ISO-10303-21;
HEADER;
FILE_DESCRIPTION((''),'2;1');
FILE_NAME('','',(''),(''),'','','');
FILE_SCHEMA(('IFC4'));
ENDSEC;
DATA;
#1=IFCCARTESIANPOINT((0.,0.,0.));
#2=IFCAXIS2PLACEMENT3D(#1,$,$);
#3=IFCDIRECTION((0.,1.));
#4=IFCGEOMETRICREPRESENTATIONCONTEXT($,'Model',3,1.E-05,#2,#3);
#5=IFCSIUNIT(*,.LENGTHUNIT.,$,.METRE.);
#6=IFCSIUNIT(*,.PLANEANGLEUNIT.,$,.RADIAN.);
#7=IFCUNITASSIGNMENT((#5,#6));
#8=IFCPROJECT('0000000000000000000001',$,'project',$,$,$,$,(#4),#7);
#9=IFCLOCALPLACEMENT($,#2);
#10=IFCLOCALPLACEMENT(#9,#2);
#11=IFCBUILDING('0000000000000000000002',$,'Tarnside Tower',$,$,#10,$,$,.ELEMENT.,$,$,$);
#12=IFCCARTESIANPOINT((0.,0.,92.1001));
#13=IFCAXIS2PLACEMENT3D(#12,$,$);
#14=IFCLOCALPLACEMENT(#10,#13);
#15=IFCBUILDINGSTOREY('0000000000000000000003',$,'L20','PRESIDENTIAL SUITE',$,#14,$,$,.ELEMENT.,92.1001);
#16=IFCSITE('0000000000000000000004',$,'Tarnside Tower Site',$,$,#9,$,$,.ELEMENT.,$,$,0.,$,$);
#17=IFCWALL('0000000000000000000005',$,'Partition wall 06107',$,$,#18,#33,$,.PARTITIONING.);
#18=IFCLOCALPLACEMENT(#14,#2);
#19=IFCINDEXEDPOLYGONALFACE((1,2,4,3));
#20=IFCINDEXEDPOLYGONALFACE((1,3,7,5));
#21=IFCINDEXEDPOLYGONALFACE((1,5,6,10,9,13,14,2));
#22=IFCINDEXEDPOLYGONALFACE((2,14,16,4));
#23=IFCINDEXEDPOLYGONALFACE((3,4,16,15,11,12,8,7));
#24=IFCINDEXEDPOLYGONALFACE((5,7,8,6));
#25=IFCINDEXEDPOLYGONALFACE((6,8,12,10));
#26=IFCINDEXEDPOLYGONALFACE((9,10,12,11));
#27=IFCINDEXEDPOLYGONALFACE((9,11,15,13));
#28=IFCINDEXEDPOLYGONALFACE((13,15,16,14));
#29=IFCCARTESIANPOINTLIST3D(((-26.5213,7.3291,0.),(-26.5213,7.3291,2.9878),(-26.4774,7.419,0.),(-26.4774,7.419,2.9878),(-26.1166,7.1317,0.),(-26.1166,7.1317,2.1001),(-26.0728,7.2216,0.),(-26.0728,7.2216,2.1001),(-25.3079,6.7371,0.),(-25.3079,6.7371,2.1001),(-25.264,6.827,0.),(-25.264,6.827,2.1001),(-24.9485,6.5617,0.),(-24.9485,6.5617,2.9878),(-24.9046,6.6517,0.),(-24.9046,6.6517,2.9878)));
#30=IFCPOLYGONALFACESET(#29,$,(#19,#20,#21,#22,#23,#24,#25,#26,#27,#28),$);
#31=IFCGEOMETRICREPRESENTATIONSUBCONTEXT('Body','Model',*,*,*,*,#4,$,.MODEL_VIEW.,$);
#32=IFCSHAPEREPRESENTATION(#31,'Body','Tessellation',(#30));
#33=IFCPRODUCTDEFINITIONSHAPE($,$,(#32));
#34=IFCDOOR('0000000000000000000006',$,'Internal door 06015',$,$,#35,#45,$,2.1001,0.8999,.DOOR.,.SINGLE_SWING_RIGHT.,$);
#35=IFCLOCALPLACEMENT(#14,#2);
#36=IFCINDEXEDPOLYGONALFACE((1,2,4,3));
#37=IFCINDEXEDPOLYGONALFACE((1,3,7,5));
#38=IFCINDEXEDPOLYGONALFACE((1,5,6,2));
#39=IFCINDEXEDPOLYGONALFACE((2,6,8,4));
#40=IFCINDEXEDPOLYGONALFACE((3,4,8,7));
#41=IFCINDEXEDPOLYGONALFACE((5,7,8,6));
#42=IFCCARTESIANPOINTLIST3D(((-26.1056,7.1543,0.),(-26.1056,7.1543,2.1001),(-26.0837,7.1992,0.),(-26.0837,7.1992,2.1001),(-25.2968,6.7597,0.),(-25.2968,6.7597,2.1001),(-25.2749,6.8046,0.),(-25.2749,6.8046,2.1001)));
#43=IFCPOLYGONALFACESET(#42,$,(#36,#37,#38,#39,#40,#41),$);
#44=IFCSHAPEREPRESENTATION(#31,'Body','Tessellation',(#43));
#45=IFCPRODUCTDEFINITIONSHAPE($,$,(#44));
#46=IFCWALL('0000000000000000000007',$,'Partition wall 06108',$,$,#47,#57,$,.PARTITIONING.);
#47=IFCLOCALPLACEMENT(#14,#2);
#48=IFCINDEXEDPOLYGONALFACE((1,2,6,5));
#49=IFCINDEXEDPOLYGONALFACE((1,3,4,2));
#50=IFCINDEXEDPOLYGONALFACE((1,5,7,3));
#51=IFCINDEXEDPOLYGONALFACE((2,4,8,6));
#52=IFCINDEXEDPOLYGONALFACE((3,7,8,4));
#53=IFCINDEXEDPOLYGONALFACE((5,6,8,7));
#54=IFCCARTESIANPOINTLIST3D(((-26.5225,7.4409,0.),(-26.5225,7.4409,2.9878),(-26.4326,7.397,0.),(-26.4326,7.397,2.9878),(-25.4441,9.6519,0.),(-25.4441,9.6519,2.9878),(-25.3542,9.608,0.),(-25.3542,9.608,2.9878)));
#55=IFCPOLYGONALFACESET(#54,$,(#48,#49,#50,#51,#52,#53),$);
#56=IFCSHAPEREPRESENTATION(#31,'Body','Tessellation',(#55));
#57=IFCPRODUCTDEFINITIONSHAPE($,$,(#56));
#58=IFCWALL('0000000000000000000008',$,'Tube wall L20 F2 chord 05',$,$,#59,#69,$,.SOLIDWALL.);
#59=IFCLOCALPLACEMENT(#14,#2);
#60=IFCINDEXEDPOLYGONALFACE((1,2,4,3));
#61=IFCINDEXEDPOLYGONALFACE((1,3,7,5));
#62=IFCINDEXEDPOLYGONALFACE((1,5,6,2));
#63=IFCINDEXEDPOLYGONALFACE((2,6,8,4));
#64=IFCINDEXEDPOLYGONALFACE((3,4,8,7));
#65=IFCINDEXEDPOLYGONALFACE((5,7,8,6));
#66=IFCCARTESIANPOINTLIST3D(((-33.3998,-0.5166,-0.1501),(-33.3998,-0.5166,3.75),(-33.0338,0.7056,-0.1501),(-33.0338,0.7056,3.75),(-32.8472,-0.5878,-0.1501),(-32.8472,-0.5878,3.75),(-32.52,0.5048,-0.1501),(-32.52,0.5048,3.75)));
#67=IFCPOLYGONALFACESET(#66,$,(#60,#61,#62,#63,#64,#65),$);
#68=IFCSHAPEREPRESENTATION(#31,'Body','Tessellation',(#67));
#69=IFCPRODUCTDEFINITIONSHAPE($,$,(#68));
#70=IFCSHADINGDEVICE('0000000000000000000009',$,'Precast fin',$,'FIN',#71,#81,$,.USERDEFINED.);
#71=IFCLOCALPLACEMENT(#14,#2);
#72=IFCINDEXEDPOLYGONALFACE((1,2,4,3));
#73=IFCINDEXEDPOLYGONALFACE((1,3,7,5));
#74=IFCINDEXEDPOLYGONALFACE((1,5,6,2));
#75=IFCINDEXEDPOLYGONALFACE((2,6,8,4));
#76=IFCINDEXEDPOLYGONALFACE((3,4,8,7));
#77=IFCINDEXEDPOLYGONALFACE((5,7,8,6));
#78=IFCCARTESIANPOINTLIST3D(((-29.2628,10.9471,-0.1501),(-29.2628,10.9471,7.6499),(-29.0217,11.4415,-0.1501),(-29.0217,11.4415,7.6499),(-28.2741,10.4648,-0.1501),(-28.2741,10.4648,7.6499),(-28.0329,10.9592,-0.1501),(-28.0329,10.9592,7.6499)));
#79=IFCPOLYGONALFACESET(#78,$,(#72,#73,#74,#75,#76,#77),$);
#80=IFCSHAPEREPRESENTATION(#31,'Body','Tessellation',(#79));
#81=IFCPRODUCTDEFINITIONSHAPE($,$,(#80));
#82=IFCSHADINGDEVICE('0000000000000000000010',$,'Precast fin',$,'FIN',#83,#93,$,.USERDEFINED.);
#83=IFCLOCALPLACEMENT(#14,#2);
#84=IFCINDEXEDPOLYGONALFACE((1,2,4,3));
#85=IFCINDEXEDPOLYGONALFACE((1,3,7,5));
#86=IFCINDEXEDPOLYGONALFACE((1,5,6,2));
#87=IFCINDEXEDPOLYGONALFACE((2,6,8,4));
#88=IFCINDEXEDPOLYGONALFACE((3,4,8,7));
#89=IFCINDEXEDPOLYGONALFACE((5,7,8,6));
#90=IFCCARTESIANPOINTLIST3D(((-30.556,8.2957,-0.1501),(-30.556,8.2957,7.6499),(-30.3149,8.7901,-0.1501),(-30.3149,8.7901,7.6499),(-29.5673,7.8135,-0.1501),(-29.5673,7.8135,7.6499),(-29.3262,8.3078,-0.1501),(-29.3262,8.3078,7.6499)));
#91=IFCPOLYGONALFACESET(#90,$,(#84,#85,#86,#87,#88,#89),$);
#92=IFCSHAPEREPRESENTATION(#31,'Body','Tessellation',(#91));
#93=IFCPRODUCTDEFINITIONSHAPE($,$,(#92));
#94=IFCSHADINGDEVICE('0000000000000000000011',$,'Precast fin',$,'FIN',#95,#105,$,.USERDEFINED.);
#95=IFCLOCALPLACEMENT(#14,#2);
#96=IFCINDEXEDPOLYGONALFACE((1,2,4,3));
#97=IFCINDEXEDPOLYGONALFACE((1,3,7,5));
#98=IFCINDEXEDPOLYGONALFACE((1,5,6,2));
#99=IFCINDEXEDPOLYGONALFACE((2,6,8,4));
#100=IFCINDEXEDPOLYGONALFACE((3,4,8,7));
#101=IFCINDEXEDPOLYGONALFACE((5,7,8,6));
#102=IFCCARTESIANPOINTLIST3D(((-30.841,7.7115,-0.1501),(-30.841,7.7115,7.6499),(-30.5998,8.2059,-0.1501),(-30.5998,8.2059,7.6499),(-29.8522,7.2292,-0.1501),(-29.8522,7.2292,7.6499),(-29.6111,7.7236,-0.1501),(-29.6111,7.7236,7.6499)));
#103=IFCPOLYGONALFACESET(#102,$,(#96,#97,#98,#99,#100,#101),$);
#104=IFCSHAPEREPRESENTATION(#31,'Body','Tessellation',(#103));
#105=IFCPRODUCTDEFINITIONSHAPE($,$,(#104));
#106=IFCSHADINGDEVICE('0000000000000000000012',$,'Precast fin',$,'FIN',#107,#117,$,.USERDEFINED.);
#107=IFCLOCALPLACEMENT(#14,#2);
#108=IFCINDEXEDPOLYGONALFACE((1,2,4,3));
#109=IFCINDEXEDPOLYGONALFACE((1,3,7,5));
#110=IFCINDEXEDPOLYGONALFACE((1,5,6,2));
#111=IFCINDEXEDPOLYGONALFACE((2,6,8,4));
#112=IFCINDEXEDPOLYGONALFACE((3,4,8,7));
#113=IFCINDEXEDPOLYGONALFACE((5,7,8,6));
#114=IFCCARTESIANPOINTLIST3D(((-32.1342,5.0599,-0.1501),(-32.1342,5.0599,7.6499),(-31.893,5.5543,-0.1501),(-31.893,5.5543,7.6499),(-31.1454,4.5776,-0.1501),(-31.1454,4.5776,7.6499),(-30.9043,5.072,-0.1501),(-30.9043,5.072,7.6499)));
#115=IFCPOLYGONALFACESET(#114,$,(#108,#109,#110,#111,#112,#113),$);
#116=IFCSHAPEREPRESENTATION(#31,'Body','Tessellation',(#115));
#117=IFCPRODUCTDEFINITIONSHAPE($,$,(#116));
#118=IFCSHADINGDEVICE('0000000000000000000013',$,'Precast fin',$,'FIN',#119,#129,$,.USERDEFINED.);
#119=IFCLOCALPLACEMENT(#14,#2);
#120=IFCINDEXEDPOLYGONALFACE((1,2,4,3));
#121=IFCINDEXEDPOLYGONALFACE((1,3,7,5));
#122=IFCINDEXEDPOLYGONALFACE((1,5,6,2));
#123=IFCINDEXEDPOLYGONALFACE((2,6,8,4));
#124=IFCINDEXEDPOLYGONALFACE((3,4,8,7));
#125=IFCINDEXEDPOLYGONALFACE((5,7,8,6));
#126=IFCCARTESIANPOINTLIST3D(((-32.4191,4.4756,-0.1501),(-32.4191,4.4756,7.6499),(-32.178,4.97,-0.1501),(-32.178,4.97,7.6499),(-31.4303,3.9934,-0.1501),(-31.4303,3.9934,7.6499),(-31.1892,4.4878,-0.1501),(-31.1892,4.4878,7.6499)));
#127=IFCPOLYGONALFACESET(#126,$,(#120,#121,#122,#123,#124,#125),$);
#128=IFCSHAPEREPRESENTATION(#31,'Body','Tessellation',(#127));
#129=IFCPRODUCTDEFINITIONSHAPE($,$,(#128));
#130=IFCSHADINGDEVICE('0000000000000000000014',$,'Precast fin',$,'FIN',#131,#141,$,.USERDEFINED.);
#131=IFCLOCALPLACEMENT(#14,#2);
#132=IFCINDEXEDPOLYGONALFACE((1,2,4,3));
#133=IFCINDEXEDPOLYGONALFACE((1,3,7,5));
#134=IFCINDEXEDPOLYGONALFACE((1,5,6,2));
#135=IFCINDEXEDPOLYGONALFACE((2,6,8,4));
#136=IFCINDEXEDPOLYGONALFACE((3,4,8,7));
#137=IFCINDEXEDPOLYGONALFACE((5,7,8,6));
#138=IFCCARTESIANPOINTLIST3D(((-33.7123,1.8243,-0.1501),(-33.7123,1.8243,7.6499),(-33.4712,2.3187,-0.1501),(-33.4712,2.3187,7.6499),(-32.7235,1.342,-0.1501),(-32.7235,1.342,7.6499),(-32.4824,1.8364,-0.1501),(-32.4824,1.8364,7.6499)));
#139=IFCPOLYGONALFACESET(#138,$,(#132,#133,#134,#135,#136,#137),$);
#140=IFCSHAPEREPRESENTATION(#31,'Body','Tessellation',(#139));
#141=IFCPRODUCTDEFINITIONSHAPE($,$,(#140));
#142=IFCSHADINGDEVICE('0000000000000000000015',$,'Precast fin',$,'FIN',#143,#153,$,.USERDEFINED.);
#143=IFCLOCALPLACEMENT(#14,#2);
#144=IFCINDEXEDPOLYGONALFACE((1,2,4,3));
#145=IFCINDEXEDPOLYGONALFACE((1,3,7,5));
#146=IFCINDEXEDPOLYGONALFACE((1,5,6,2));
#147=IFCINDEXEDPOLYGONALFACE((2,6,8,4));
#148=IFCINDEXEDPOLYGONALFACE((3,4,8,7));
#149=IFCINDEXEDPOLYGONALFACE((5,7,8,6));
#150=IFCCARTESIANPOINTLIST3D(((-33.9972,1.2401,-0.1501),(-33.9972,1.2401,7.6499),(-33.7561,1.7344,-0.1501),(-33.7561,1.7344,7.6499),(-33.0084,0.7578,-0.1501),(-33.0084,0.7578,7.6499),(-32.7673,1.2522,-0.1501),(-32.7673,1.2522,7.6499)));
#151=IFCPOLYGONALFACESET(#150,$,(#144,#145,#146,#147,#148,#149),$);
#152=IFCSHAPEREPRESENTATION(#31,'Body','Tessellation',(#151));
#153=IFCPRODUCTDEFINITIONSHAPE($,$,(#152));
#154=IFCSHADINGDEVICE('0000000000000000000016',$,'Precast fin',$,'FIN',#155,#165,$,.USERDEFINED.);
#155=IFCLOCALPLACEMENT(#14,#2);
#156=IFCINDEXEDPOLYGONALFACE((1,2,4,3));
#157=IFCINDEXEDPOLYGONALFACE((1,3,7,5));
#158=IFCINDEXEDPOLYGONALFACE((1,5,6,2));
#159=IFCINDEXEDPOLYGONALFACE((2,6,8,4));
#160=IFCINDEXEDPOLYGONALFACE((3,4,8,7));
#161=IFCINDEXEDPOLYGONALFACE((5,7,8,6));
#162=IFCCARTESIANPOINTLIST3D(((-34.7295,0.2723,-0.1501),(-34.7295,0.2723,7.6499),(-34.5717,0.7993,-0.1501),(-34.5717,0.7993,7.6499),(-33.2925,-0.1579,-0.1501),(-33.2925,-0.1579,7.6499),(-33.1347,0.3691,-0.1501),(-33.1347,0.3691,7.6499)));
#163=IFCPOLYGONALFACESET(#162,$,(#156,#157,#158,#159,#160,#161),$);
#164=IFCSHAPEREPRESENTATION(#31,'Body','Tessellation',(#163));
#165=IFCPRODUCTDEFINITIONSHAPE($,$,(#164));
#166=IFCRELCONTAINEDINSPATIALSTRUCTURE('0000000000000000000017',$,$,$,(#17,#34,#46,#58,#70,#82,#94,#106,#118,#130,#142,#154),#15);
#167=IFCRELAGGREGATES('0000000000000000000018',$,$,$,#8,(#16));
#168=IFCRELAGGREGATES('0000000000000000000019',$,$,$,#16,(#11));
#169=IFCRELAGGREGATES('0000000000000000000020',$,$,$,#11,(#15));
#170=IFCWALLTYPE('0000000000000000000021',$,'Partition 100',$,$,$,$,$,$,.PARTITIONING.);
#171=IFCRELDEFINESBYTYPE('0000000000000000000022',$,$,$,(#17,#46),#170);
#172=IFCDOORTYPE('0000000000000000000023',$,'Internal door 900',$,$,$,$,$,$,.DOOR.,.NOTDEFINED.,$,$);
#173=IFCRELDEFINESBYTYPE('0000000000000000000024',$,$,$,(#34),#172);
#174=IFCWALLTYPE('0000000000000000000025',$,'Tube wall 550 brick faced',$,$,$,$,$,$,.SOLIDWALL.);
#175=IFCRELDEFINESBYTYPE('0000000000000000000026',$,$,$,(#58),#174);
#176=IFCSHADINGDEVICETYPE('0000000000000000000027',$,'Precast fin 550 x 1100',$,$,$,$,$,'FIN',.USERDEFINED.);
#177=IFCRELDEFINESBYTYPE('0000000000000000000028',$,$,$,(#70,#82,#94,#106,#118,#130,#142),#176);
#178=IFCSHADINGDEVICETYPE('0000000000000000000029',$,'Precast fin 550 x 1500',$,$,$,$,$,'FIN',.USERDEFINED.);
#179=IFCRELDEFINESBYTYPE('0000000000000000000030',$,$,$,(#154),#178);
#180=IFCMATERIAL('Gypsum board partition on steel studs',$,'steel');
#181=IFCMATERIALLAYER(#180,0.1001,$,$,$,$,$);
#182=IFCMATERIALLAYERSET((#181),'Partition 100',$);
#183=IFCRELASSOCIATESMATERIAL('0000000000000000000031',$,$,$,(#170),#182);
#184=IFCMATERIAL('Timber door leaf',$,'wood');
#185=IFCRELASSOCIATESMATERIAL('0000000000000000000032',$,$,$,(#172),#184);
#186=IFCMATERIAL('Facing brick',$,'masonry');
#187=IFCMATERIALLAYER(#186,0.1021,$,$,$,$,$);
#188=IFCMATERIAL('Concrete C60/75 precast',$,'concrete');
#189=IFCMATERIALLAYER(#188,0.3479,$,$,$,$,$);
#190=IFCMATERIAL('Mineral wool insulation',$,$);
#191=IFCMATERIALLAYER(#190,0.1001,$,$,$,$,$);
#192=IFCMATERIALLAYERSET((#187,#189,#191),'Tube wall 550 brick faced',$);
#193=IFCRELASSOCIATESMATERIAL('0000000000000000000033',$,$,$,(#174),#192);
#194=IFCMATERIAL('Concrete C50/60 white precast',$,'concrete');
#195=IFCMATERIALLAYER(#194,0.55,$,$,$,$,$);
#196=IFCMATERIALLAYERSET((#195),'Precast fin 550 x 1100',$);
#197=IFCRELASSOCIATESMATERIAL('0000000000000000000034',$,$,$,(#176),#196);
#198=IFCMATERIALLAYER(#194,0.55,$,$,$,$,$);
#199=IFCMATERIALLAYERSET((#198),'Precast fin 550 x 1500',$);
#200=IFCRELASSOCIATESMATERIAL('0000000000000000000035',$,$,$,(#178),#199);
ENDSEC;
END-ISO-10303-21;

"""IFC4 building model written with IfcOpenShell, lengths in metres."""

from ifc_helpers import new_model, si_unit, direction, frame, frame_2d, origin, place, context, subcontext, project, spatial, polyline, rectangle, outline, extrude, material, layer, layer_set, type_object, element, fill, save


model = new_model("IFC4")

# Units and contexts
model_context = context("Model", 3, precision=1e-05, world=origin(), true_north=direction((0.0, 1.0)))
body_context = subcontext(model_context, "Body", "Model", "MODEL_VIEW")
ifc_project = project(units=[si_unit("LENGTHUNIT", "METRE"), si_unit("PLANEANGLEUNIT", "RADIAN")], contexts=[model_context])

# Site, building, storey
site_placement = place(None, origin())
site = spatial("IfcSite", under=ifc_project, at=site_placement, Name="Tarnside Tower Site", CompositionType="ELEMENT", RefElevation=0.0)
building_placement = place(site_placement, origin())
building = spatial("IfcBuilding", under=site, at=building_placement, Name="Tarnside Tower", CompositionType="ELEMENT")
storey_placement = place(building_placement, frame((0.0, 0.0, 92.1001)))
storey = spatial("IfcBuildingStorey", under=building, at=storey_placement, Name="L20", Description="PRESIDENTIAL SUITE", CompositionType="ELEMENT", Elevation=92.1001)

# Shared definitions
ifc_material_1 = material(Name="Gypsum board partition on steel studs", Category="steel")

# Shared definitions
ifc_material_2 = material(Name="Timber door leaf", Category="wood")

# Shared definitions
ifc_layer_1 = layer(ifc_material_1, 0.1001)
ifc_layer_set_1 = layer_set([ifc_layer_1], Name="Partition 100")
wall_type_1 = type_object("IfcWallType", Name="Partition 100", PredefinedType="PARTITIONING", material=ifc_layer_set_1)

# Wall, opening, door
wall_1_placement = place(storey_placement, frame((-24.9265, 6.6067, 0.0), z_axis=(0.0, 0.0, 1.0), x_axis=(-0.898738, 0.438487, 0.0)))
wall_1 = element("IfcWall", 1, at=wall_1_placement, inside=storey, type_object=wall_type_1, Name="Partition wall 06107", PredefinedType="PARTITIONING", context=body_context, shape_type="SweptSolid", body=[
    extrude(rectangle(XDim=1.75, YDim=0.1001, at=frame_2d((0.875, 0.0))), origin(), (0.0, 0.0, 1.0), 2.9878),
])
opening_1_placement = place(wall_1_placement, frame((0.3999, 0.0, 0.0)))
opening_1 = element("IfcOpeningElement", 2, at=opening_1_placement, cuts=wall_1, PredefinedType="OPENING", context=body_context, shape_type="SweptSolid", body=[
    extrude(rectangle(XDim=0.8999, YDim=2.1001, at=frame_2d((0.45, 1.05))), frame((0.0, 0.0601, 0.0), z_axis=(0.0, -1.0, 0.0), x_axis=(1.0, 0.0, 0.0)), (0.0, 0.0, 1.0), 0.1201),
])
door_type_1 = type_object("IfcDoorType", Name="Internal door 900", OperationType="NOTDEFINED", PredefinedType="DOOR", material=ifc_material_2)
door_1_placement = place(opening_1_placement, origin())
door_1 = element("IfcDoor", 3, at=door_1_placement, inside=storey, type_object=door_type_1, Name="Internal door 06015", OperationType="SINGLE_SWING_RIGHT", OverallHeight=2.1001, OverallWidth=0.8999, PredefinedType="DOOR", context=body_context, shape_type="SweptSolid", body=[
    extrude(rectangle(XDim=0.8999, YDim=2.1001, at=frame_2d((0.45, 1.05))), frame((0.0, 0.0249, 0.0), z_axis=(0.0, -1.0, 0.0), x_axis=(1.0, 0.0, 0.0)), (0.0, 0.0, 1.0), 0.05),
])
fill(opening_1, door_1)

# Walls
wall_2_placement = place(storey_placement, frame((-26.4775, 7.4189, 0.0), z_axis=(0.0, 0.0, 1.0), x_axis=(0.438379, 0.89879, 0.0)))
element("IfcWall", 4, at=wall_2_placement, inside=storey, type_object=wall_type_1, Name="Partition wall 06108", PredefinedType="PARTITIONING", context=body_context, shape_type="SweptSolid", body=[
    extrude(rectangle(XDim=2.46, YDim=0.1001, at=frame_2d((1.23, 0.0))), origin(), (0.0, 0.0, 1.0), 2.9878),
])
ifc_material_3 = material(Name="Facing brick", Category="masonry")
ifc_layer_2 = layer(ifc_material_3, 0.1021)
ifc_material_4 = material(Name="Concrete C60/75 precast", Category="concrete")
ifc_layer_3 = layer(ifc_material_4, 0.3479)
ifc_material_5 = material(Name="Mineral wool insulation")
ifc_layer_4 = layer(ifc_material_5, 0.1001)
ifc_layer_set_2 = layer_set([ifc_layer_2, ifc_layer_3, ifc_layer_4], Name="Tube wall 550 brick faced")
wall_type_2 = type_object("IfcWallType", Name="Tube wall 550 brick faced", PredefinedType="SOLIDWALL", material=ifc_layer_set_2)
wall_3_placement = place(storey_placement, frame((-32.7769, 0.6052, -0.1501), z_axis=(0.0, 0.0, 1.0), x_axis=(-0.286921, -0.957954, 0.0)))
element("IfcWall", 5, at=wall_3_placement, inside=storey, type_object=wall_type_2, Name="Tube wall L20 F2 chord 05", PredefinedType="SOLIDWALL", context=body_context, shape_type="SweptSolid", body=[
    extrude(outline(polyline([(-0.0225, -0.2749), (1.2534, -0.2749), (1.1631, 0.2749), (0.0225, 0.2749), (-0.0225, -0.2749)])), origin(), (0.0, 0.0, 1.0), 3.9001),
])

# Shading devices
ifc_material_6 = material(Name="Concrete C50/60 white precast", Category="concrete")
ifc_layer_5 = layer(ifc_material_6, 0.55)
ifc_layer_set_3 = layer_set([ifc_layer_5], Name="Precast fin 550 x 1100")
shading_device_type_1 = type_object("IfcShadingDeviceType", Name="Precast fin 550 x 1100", ElementType="FIN", PredefinedType="USERDEFINED", material=ifc_layer_set_3)
for number, where, z_axis, x_axis, name in (
    (6, (-28.1536, 10.7119, -0.1501), (0.438371, 0.898794, 0.0), (-0.898794, 0.438371, 0.0), "Precast fin"),
    (7, (-29.4468, 8.0605, -0.1501), (0.438371, 0.898794, 0.0), (-0.898794, 0.438371, 0.0), "Precast fin"),
    (8, (-29.7317, 7.4763, -0.1501), (0.438371, 0.898794, 0.0), (-0.898794, 0.438371, 0.0), "Precast fin"),
    (9, (-31.0249, 4.8247, -0.1501), (0.438371, 0.898794, 0.0), (-0.898794, 0.438371, 0.0), "Precast fin"),
    (10, (-31.3098, 4.2405, -0.1501), (0.438371, 0.898794, 0.0), (-0.898794, 0.438371, 0.0), "Precast fin"),
    (11, (-32.603, 1.5891, -0.1501), (0.438371, 0.898794, 0.0), (-0.898794, 0.438371, 0.0), "Precast fin"),
    (12, (-32.8879, 1.0049, -0.1501), (0.438371, 0.898794, 0.0), (-0.898794, 0.438371, 0.0), "Precast fin"),
):
    element("IfcShadingDevice", number, at=place(storey_placement, frame(where, z_axis=z_axis, x_axis=x_axis)), inside=storey, type_object=shading_device_type_1, Name=name, ObjectType="FIN", PredefinedType="USERDEFINED", context=body_context, shape_type="SweptSolid", body=[
        extrude(outline(polyline([(0.0, 0.0), (1.1001, 0.0), (1.1001, 7.8), (0.0, 7.8), (0.0, 0.0)])), frame((0.0, 0.0, -0.2749)), (0.0, 0.0, 1.0), 0.55),
    ])
ifc_layer_6 = layer(ifc_material_6, 0.55)
ifc_layer_set_4 = layer_set([ifc_layer_6], Name="Precast fin 550 x 1500")
shading_device_type_2 = type_object("IfcShadingDeviceType", Name="Precast fin 550 x 1500", ElementType="FIN", PredefinedType="USERDEFINED", material=ifc_layer_set_4)
shading_device_placement = place(storey_placement, frame((-33.2136, 0.1055, -0.1501), z_axis=(0.286803, 0.95799, 0.0), x_axis=(-0.95799, 0.286803, 0.0)))
element("IfcShadingDevice", 13, at=shading_device_placement, inside=storey, type_object=shading_device_type_2, Name="Precast fin", ObjectType="FIN", PredefinedType="USERDEFINED", context=body_context, shape_type="SweptSolid", body=[
    extrude(outline(polyline([(0.0, 0.0), (1.5, 0.0), (1.5, 7.8), (0.0, 7.8), (0.0, 0.0)])), frame((0.0, 0.0, -0.2749)), (0.0, 0.0, 1.0), 0.55),
])

save(model, "model.ifc")
